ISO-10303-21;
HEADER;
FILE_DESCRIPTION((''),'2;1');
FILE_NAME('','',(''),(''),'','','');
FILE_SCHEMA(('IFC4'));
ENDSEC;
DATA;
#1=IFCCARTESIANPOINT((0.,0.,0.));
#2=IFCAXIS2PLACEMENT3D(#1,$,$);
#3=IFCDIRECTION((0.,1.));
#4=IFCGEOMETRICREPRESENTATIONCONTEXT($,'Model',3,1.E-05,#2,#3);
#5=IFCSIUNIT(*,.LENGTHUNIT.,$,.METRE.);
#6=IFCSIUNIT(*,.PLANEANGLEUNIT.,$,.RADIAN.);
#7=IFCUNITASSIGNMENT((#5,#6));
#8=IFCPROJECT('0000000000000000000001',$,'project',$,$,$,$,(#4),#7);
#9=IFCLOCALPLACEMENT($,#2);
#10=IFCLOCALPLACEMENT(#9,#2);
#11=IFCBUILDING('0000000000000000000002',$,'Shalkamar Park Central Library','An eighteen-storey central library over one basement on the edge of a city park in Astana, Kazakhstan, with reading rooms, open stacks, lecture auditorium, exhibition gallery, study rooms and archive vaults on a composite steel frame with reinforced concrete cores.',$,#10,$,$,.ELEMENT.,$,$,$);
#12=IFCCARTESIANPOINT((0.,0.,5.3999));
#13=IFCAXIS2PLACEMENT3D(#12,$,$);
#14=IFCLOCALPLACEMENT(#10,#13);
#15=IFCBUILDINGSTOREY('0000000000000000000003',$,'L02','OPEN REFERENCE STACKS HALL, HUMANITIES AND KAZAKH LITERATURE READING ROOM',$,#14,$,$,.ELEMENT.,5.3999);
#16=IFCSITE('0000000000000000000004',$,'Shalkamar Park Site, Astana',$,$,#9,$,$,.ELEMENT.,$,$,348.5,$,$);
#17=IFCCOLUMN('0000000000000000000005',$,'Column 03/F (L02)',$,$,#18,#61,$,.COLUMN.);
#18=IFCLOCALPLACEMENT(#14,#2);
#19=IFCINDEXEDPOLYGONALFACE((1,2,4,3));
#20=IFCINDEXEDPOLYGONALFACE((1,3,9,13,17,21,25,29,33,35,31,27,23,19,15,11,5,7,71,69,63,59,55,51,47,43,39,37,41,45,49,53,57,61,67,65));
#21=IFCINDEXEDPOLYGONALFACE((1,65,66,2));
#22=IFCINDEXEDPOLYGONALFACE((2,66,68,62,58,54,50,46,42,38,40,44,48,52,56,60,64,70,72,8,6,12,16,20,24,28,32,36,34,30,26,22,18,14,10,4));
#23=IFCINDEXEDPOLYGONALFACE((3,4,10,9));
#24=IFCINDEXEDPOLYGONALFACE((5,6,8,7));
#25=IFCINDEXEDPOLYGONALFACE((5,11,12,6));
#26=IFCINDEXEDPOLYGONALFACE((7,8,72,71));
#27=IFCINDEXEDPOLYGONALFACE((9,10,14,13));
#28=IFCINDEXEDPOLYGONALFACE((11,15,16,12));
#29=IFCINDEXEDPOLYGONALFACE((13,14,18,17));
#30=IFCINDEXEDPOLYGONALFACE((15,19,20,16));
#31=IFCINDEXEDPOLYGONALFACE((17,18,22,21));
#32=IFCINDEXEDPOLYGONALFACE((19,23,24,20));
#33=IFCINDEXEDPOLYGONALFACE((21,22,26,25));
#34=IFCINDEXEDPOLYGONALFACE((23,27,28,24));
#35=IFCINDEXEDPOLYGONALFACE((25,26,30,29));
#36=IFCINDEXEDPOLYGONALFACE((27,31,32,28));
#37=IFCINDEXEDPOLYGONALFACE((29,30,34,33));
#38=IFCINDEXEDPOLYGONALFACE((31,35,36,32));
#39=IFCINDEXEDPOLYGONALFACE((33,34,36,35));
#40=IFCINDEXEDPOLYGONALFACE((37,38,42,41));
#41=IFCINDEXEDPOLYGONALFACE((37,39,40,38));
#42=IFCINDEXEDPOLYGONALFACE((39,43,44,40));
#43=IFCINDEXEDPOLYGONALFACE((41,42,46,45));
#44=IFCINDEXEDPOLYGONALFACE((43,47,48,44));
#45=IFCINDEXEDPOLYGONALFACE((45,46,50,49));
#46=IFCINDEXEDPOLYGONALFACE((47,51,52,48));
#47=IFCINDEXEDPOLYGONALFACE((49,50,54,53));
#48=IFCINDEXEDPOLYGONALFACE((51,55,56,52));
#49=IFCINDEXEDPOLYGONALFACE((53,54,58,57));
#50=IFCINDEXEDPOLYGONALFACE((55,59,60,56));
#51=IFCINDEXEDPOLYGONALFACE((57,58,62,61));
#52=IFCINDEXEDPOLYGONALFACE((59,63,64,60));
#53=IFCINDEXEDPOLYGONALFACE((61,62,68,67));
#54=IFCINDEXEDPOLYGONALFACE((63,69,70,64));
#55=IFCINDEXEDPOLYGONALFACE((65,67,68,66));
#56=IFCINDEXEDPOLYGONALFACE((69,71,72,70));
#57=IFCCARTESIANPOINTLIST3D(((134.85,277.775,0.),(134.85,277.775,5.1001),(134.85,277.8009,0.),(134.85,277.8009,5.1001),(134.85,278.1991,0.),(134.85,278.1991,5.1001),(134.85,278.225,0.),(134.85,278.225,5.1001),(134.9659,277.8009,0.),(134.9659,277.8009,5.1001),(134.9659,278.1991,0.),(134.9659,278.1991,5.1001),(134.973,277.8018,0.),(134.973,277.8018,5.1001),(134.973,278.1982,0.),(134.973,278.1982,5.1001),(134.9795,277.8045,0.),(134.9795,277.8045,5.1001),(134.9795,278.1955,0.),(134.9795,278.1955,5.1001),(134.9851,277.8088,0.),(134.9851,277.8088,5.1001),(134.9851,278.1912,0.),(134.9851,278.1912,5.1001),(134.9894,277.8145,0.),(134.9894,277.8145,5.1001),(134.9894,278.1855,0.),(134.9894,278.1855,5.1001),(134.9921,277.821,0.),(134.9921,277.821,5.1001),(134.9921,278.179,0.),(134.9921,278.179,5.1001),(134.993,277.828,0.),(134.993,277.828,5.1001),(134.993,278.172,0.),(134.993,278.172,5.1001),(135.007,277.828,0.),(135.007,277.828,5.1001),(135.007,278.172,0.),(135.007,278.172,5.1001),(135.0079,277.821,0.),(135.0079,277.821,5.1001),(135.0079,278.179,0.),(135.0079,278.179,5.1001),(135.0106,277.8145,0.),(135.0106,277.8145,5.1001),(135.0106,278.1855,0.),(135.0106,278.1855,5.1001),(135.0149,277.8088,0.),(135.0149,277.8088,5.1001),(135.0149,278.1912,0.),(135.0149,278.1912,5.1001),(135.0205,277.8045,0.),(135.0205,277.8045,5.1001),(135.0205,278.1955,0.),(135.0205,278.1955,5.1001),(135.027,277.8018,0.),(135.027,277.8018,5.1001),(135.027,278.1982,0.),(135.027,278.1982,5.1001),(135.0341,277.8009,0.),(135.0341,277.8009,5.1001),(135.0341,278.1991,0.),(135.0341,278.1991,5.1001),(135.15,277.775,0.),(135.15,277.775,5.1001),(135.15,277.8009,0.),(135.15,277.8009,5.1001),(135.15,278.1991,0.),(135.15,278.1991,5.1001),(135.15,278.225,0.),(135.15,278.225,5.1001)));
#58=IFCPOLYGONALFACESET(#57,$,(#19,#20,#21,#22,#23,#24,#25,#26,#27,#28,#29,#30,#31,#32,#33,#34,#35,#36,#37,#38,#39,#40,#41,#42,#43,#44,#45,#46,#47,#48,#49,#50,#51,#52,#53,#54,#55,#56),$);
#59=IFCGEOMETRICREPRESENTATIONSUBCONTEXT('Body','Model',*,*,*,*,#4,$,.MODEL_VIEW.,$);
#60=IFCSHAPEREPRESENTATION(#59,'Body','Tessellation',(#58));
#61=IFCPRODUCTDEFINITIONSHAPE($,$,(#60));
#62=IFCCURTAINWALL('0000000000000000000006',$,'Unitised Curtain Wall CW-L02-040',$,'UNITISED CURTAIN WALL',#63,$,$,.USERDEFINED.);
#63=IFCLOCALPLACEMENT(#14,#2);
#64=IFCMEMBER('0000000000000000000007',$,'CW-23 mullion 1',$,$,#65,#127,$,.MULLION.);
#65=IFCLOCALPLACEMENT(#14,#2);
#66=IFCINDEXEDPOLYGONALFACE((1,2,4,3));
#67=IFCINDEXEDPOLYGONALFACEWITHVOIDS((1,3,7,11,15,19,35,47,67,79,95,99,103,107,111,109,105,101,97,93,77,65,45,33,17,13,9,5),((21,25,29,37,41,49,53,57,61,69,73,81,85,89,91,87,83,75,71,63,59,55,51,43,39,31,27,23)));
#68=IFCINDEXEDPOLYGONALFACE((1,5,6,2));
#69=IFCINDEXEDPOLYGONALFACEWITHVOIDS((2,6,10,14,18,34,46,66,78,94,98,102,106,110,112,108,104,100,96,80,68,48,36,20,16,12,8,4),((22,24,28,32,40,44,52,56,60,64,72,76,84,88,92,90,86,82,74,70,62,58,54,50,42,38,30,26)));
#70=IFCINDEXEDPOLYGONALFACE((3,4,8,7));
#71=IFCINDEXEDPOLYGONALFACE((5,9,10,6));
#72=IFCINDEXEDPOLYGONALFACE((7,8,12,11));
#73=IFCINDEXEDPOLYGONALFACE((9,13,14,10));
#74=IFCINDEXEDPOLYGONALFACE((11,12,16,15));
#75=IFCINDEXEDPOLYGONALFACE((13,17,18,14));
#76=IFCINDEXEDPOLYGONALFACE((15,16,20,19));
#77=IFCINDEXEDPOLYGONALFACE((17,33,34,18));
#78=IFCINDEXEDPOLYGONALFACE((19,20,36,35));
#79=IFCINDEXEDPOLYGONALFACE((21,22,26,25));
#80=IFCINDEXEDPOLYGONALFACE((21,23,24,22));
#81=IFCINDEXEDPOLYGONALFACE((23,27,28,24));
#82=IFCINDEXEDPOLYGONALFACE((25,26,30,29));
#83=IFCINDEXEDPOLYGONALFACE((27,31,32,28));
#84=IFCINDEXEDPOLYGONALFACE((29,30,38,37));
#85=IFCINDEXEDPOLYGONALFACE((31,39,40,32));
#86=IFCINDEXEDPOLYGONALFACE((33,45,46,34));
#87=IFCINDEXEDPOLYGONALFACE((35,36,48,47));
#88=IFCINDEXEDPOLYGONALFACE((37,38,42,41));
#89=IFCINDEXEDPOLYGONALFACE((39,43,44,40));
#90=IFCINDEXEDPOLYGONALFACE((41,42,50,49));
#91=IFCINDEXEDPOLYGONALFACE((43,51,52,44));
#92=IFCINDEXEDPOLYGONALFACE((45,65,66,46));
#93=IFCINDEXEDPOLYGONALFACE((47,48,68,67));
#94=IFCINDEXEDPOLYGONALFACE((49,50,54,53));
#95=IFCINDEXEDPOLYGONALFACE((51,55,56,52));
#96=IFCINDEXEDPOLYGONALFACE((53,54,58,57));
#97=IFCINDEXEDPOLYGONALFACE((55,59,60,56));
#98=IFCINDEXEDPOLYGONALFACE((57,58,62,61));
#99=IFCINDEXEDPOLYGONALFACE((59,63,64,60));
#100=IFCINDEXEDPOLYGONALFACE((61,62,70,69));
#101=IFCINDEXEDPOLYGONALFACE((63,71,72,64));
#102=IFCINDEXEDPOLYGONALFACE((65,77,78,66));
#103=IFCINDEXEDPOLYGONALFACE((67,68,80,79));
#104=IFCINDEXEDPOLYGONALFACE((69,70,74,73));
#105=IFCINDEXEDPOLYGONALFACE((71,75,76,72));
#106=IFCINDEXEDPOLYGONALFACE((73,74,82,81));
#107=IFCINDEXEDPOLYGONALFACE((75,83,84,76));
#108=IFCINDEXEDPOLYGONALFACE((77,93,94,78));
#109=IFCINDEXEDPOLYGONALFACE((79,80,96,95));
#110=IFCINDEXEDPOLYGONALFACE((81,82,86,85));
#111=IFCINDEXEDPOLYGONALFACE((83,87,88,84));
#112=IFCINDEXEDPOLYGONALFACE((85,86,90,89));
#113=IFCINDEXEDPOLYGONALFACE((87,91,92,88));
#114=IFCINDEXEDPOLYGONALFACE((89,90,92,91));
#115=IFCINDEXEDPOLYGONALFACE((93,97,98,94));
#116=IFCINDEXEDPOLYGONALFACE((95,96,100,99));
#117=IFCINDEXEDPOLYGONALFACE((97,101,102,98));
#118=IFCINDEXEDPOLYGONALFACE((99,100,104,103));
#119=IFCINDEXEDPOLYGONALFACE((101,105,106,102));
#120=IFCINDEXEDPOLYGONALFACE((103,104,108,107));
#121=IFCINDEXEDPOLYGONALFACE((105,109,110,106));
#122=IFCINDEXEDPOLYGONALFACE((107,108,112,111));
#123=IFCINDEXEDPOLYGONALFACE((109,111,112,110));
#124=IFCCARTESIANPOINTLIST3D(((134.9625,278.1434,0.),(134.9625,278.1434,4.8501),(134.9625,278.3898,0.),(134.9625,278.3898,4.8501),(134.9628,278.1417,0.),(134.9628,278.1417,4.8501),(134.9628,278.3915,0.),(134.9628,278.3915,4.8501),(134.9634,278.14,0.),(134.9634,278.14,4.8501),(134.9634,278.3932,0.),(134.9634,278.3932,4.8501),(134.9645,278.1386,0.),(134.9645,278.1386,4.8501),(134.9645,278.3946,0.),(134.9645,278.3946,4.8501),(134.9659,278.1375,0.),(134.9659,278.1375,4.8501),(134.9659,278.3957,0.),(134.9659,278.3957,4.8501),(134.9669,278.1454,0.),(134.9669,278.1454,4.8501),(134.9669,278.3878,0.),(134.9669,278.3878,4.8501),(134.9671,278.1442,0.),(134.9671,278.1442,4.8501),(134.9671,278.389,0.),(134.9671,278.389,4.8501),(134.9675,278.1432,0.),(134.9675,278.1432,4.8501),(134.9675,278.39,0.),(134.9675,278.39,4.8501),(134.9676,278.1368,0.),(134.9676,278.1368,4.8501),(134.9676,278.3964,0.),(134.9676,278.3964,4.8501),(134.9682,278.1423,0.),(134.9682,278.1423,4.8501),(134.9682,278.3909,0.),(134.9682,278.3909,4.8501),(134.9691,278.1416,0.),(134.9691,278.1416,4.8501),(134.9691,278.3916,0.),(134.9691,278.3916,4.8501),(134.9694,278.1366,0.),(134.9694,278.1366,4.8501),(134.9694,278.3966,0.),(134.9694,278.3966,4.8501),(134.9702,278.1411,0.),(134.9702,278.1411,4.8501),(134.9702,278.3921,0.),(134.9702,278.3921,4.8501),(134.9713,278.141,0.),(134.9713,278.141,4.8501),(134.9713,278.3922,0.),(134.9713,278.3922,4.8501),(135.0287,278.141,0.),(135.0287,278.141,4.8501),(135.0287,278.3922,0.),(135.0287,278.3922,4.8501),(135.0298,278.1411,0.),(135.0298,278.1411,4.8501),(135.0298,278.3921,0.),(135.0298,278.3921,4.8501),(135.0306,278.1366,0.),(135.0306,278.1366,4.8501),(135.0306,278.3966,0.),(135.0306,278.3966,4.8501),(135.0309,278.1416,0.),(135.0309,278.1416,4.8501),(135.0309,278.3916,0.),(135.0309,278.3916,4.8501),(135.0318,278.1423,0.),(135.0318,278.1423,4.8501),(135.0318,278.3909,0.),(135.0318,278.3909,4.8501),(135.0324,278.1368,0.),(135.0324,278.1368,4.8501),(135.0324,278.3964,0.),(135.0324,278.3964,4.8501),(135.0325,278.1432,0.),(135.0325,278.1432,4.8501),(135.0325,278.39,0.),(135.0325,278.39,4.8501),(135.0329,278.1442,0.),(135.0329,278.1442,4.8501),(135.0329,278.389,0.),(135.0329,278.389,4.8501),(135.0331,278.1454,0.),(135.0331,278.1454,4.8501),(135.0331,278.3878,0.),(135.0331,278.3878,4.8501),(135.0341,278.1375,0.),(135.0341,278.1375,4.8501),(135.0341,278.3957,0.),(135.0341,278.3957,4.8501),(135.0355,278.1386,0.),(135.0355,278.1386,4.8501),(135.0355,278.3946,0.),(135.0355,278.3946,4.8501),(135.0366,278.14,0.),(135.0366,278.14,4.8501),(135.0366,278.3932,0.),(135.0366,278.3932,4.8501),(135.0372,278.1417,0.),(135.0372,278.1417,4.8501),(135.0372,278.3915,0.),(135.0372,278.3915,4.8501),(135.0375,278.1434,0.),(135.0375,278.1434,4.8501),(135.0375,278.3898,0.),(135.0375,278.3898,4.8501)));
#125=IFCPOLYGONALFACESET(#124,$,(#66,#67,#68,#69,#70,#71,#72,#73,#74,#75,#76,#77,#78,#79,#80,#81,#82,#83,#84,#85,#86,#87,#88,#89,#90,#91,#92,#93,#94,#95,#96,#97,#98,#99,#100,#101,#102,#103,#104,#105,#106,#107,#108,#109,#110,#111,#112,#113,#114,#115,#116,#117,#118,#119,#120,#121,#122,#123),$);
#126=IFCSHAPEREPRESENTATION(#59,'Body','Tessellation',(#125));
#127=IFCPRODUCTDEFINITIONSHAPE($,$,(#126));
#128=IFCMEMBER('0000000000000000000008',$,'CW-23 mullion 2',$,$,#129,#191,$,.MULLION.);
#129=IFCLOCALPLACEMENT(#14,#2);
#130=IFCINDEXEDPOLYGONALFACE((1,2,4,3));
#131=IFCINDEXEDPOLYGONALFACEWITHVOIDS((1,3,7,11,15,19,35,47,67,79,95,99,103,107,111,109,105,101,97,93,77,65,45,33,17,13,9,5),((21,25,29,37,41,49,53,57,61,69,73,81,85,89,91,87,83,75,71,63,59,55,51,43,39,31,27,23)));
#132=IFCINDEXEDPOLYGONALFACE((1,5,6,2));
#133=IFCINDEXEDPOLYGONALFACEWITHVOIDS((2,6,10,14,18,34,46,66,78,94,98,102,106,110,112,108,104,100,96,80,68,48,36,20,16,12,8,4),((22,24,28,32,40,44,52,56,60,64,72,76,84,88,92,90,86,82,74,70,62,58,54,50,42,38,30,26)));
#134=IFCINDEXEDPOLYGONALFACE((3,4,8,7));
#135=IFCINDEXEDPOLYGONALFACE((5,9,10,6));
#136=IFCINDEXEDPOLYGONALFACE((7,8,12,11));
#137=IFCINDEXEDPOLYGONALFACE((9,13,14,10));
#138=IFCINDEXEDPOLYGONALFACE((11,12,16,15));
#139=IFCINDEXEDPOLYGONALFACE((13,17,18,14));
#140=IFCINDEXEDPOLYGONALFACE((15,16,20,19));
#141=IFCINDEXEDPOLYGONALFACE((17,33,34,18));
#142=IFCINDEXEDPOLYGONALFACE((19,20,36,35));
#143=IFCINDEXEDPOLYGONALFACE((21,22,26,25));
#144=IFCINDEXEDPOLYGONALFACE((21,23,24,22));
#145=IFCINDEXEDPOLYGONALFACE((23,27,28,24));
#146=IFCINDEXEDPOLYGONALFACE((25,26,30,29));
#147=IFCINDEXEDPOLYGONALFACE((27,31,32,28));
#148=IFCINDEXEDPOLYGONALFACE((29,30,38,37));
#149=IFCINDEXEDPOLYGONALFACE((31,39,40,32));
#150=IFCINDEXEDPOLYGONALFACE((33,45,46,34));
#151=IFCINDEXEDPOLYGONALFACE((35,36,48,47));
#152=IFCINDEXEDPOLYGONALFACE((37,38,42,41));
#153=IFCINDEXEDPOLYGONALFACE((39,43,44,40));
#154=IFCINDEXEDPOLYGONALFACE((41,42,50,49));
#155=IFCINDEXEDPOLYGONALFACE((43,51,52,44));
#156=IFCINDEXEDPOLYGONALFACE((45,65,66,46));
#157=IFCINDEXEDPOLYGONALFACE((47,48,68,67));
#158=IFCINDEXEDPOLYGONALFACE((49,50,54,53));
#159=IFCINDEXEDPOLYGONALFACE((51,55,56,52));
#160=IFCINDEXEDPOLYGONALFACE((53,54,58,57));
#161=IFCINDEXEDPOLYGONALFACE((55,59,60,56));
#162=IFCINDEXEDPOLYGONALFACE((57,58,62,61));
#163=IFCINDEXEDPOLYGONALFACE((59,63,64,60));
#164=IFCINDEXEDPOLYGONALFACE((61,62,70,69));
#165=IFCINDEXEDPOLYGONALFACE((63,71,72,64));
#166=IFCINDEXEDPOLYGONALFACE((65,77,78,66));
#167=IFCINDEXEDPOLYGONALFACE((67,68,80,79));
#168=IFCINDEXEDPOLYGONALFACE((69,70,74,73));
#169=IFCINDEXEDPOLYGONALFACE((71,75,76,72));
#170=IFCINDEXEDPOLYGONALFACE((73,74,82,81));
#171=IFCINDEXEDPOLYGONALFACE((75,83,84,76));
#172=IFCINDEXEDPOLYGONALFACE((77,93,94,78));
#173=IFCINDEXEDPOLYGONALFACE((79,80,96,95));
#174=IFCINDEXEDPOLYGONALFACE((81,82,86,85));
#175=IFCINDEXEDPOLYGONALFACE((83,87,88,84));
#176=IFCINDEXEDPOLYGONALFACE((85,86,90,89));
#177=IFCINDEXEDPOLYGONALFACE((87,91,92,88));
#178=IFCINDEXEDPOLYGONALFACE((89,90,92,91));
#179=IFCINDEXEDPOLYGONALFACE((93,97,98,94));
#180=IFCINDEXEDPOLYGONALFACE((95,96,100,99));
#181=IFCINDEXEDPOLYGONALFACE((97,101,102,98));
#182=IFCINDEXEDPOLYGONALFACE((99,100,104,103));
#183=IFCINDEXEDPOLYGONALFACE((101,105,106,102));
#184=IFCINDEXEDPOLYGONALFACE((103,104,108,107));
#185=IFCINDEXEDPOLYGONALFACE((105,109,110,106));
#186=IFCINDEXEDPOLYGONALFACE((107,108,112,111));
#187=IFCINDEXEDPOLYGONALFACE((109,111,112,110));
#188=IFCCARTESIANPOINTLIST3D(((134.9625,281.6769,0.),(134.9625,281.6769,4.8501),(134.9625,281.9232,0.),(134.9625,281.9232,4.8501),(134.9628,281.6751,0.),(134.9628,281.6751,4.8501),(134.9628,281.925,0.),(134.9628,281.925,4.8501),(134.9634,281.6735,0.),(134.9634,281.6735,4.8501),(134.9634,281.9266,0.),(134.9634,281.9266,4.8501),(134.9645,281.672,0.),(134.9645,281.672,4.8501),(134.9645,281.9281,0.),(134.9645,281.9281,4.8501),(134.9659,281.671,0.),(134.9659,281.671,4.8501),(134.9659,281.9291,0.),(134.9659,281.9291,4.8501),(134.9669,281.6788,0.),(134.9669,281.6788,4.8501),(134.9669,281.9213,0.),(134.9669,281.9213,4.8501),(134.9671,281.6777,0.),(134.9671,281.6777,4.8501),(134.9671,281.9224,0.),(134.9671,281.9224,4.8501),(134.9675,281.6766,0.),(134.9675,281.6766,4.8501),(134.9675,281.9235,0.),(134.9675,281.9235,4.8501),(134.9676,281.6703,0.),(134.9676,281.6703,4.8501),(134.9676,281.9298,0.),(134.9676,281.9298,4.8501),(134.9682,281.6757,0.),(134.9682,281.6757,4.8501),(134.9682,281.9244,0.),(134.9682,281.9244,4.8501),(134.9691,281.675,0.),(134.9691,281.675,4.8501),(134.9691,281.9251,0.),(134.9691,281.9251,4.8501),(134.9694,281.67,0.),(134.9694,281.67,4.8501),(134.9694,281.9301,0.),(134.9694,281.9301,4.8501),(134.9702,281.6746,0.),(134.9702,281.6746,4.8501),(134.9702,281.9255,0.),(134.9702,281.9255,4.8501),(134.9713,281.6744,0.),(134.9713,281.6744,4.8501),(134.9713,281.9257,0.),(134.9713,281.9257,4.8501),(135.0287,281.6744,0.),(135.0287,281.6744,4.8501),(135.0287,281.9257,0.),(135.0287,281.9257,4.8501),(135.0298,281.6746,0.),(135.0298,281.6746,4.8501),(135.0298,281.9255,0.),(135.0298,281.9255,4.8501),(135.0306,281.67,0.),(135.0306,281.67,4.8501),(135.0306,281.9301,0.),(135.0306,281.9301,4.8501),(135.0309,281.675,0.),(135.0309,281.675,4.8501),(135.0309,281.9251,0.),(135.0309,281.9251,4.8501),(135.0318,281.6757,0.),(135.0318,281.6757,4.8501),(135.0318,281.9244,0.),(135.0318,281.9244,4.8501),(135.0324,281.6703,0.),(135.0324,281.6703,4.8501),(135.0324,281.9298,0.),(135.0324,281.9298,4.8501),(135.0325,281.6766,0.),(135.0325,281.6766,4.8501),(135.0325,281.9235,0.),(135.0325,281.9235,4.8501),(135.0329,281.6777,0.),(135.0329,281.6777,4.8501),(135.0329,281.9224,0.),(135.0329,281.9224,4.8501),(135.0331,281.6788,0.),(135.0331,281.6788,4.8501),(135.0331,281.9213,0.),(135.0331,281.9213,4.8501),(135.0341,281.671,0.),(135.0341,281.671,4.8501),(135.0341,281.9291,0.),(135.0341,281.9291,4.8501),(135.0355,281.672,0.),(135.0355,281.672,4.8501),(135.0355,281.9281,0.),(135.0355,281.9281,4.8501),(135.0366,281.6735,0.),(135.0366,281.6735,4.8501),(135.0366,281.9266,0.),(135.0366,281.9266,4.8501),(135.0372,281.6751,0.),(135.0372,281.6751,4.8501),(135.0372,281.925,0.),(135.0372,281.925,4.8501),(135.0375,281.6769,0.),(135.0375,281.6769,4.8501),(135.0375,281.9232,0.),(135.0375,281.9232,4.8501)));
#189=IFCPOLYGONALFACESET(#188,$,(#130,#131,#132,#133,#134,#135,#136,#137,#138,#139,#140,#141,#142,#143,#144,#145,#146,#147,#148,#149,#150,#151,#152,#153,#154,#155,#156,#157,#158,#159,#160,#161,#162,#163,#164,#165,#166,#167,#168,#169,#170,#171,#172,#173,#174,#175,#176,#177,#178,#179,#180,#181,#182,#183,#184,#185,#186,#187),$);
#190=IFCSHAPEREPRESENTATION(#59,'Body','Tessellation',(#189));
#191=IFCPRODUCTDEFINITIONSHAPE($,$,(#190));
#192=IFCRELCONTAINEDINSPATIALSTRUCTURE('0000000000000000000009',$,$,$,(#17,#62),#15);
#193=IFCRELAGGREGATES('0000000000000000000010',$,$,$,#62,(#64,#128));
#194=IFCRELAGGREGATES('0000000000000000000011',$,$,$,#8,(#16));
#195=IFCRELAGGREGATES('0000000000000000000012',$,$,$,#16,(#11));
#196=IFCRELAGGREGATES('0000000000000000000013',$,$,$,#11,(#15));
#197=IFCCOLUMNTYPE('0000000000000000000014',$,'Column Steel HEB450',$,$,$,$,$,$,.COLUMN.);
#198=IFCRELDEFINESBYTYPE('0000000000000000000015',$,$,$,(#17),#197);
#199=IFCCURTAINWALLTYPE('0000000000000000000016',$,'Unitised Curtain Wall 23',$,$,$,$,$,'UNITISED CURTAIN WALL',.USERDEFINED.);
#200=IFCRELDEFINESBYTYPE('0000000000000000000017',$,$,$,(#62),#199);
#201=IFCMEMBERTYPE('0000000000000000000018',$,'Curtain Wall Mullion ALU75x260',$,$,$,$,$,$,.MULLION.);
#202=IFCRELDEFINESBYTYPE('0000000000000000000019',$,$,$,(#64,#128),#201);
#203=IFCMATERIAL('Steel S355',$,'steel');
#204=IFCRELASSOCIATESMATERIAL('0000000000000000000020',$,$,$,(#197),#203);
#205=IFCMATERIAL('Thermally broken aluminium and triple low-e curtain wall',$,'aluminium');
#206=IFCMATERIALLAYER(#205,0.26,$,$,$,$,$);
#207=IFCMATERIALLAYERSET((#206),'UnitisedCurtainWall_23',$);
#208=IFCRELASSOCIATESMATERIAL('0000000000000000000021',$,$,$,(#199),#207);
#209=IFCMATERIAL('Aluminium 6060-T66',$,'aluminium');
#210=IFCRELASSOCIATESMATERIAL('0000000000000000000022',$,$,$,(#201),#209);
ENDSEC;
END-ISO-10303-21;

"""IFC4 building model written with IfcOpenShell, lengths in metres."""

from ifc_helpers import new_model, si_unit, direction, frame, origin, origin_2d, place, context, subcontext, project, spatial, hollow_rectangle, i_section, extrude, material, layer, layer_set, material_profile, profile_set, type_object, element, aggregate, save


model = new_model("IFC4")

# Units and contexts
model_context = context("Model", 3, precision=1e-05, world=origin(), true_north=direction((0.0, 1.0)))
body_context = subcontext(model_context, "Body", "Model", "MODEL_VIEW")
ifc_project = project(units=[si_unit("LENGTHUNIT", "METRE"), si_unit("PLANEANGLEUNIT", "RADIAN")], contexts=[model_context])

# Site, building, storey
site_placement = place(None, origin())
site = spatial("IfcSite", under=ifc_project, at=site_placement, Name="Shalkamar Park Site, Astana", CompositionType="ELEMENT", RefElevation=348.5)
building_placement = place(site_placement, origin())
building = spatial("IfcBuilding", under=site, at=building_placement, Name="Shalkamar Park Central Library", Description="An eighteen-storey central library over one basement on the edge of a city park in Astana, Kazakhstan, with reading rooms, open stacks, lecture auditorium, exhibition gallery, study rooms and archive vaults on a composite steel frame with reinforced concrete cores.", CompositionType="ELEMENT")
storey_placement = place(building_placement, frame((0.0, 0.0, 5.3999)))
storey = spatial("IfcBuildingStorey", under=building, at=storey_placement, Name="L02", Description="OPEN REFERENCE STACKS HALL, HUMANITIES AND KAZAKH LITERATURE READING ROOM", CompositionType="ELEMENT", Elevation=5.3999)

# Column
ifc_material_1 = material(Name="Steel S355", Category="steel")
ifc_material_profile_1 = material_profile(ifc_material_1, i_section(OverallWidth=0.3, OverallDepth=0.45, WebThickness=0.0139, FlangeThickness=0.0259, FilletRadius=0.0271, at=origin_2d()), Name="HEB 450")
ifc_profile_set_1 = profile_set([ifc_material_profile_1], Name="Steel S355")
column_type = type_object("IfcColumnType", Name="Column Steel HEB450", PredefinedType="COLUMN", material=ifc_profile_set_1)
column_placement = place(storey_placement, frame((135.0, 278.0, 0.0), z_axis=(0.0, 0.0, 1.0), x_axis=(1.0, 0.0, 0.0)))
element("IfcColumn", 1, at=column_placement, inside=storey, type_object=column_type, Name="Column 03/F (L02)", PredefinedType="COLUMN", context=body_context, shape_type="SweptSolid", body=[
    extrude(i_section(OverallWidth=0.3, OverallDepth=0.45, WebThickness=0.0139, FlangeThickness=0.0259, FilletRadius=0.0271, at=origin_2d()), origin(), (0.0, 0.0, 1.0), 5.1001),
])

# Curtain wall, members
ifc_material_2 = material(Name="Thermally broken aluminium and triple low-e curtain wall", Category="aluminium")
ifc_layer_1 = layer(ifc_material_2, 0.26)
ifc_layer_set_1 = layer_set([ifc_layer_1], Name="UnitisedCurtainWall_23")
curtain_wall_type = type_object("IfcCurtainWallType", Name="Unitised Curtain Wall 23", ElementType="UNITISED CURTAIN WALL", PredefinedType="USERDEFINED", material=ifc_layer_set_1)
curtain_wall_placement = place(storey_placement, origin())
curtain_wall = element("IfcCurtainWall", 2, at=curtain_wall_placement, inside=storey, type_object=curtain_wall_type, Name="Unitised Curtain Wall CW-L02-040", ObjectType="UNITISED CURTAIN WALL", PredefinedType="USERDEFINED")
ifc_material_3 = material(Name="Aluminium 6060-T66", Category="aluminium")
ifc_material_profile_2 = material_profile(ifc_material_3, hollow_rectangle(XDim=0.075, YDim=0.26, WallThickness=0.0044, InnerFilletRadius=0.0044, OuterFilletRadius=0.0068, at=origin_2d()), Name="ALU 75x260x4.5")
ifc_profile_set_2 = profile_set([ifc_material_profile_2], Name="Aluminium 6060-T66")
member_type_1 = type_object("IfcMemberType", Name="Curtain Wall Mullion ALU75x260", PredefinedType="MULLION", material=ifc_profile_set_2)
member_1_placement = place(storey_placement, frame((135.0, 278.2666, 0.0), z_axis=(0.0, 0.0, 1.0), x_axis=(-1.0, 0.0, 0.0)))
member_1 = element("IfcMember", 3, at=member_1_placement, type_object=member_type_1, Name="CW-23 mullion 1", PredefinedType="MULLION", context=body_context, shape_type="SweptSolid", body=[
    extrude(hollow_rectangle(XDim=0.075, YDim=0.26, WallThickness=0.0044, InnerFilletRadius=0.0044, OuterFilletRadius=0.0068, at=origin_2d()), origin(), (0.0, 0.0, 1.0), 4.8501),
])
member_2_placement = place(storey_placement, frame((135.0, 281.8, 0.0), z_axis=(0.0, 0.0, 1.0), x_axis=(-1.0, 0.0, 0.0)))
member_2 = element("IfcMember", 4, at=member_2_placement, type_object=member_type_1, Name="CW-23 mullion 2", PredefinedType="MULLION", context=body_context, shape_type="SweptSolid", body=[
    extrude(hollow_rectangle(XDim=0.075, YDim=0.26, WallThickness=0.0044, InnerFilletRadius=0.0044, OuterFilletRadius=0.0068, at=origin_2d()), origin(), (0.0, 0.0, 1.0), 4.8501),
])

aggregate(curtain_wall, [member_1, member_2])

save(model, "model.ifc")
